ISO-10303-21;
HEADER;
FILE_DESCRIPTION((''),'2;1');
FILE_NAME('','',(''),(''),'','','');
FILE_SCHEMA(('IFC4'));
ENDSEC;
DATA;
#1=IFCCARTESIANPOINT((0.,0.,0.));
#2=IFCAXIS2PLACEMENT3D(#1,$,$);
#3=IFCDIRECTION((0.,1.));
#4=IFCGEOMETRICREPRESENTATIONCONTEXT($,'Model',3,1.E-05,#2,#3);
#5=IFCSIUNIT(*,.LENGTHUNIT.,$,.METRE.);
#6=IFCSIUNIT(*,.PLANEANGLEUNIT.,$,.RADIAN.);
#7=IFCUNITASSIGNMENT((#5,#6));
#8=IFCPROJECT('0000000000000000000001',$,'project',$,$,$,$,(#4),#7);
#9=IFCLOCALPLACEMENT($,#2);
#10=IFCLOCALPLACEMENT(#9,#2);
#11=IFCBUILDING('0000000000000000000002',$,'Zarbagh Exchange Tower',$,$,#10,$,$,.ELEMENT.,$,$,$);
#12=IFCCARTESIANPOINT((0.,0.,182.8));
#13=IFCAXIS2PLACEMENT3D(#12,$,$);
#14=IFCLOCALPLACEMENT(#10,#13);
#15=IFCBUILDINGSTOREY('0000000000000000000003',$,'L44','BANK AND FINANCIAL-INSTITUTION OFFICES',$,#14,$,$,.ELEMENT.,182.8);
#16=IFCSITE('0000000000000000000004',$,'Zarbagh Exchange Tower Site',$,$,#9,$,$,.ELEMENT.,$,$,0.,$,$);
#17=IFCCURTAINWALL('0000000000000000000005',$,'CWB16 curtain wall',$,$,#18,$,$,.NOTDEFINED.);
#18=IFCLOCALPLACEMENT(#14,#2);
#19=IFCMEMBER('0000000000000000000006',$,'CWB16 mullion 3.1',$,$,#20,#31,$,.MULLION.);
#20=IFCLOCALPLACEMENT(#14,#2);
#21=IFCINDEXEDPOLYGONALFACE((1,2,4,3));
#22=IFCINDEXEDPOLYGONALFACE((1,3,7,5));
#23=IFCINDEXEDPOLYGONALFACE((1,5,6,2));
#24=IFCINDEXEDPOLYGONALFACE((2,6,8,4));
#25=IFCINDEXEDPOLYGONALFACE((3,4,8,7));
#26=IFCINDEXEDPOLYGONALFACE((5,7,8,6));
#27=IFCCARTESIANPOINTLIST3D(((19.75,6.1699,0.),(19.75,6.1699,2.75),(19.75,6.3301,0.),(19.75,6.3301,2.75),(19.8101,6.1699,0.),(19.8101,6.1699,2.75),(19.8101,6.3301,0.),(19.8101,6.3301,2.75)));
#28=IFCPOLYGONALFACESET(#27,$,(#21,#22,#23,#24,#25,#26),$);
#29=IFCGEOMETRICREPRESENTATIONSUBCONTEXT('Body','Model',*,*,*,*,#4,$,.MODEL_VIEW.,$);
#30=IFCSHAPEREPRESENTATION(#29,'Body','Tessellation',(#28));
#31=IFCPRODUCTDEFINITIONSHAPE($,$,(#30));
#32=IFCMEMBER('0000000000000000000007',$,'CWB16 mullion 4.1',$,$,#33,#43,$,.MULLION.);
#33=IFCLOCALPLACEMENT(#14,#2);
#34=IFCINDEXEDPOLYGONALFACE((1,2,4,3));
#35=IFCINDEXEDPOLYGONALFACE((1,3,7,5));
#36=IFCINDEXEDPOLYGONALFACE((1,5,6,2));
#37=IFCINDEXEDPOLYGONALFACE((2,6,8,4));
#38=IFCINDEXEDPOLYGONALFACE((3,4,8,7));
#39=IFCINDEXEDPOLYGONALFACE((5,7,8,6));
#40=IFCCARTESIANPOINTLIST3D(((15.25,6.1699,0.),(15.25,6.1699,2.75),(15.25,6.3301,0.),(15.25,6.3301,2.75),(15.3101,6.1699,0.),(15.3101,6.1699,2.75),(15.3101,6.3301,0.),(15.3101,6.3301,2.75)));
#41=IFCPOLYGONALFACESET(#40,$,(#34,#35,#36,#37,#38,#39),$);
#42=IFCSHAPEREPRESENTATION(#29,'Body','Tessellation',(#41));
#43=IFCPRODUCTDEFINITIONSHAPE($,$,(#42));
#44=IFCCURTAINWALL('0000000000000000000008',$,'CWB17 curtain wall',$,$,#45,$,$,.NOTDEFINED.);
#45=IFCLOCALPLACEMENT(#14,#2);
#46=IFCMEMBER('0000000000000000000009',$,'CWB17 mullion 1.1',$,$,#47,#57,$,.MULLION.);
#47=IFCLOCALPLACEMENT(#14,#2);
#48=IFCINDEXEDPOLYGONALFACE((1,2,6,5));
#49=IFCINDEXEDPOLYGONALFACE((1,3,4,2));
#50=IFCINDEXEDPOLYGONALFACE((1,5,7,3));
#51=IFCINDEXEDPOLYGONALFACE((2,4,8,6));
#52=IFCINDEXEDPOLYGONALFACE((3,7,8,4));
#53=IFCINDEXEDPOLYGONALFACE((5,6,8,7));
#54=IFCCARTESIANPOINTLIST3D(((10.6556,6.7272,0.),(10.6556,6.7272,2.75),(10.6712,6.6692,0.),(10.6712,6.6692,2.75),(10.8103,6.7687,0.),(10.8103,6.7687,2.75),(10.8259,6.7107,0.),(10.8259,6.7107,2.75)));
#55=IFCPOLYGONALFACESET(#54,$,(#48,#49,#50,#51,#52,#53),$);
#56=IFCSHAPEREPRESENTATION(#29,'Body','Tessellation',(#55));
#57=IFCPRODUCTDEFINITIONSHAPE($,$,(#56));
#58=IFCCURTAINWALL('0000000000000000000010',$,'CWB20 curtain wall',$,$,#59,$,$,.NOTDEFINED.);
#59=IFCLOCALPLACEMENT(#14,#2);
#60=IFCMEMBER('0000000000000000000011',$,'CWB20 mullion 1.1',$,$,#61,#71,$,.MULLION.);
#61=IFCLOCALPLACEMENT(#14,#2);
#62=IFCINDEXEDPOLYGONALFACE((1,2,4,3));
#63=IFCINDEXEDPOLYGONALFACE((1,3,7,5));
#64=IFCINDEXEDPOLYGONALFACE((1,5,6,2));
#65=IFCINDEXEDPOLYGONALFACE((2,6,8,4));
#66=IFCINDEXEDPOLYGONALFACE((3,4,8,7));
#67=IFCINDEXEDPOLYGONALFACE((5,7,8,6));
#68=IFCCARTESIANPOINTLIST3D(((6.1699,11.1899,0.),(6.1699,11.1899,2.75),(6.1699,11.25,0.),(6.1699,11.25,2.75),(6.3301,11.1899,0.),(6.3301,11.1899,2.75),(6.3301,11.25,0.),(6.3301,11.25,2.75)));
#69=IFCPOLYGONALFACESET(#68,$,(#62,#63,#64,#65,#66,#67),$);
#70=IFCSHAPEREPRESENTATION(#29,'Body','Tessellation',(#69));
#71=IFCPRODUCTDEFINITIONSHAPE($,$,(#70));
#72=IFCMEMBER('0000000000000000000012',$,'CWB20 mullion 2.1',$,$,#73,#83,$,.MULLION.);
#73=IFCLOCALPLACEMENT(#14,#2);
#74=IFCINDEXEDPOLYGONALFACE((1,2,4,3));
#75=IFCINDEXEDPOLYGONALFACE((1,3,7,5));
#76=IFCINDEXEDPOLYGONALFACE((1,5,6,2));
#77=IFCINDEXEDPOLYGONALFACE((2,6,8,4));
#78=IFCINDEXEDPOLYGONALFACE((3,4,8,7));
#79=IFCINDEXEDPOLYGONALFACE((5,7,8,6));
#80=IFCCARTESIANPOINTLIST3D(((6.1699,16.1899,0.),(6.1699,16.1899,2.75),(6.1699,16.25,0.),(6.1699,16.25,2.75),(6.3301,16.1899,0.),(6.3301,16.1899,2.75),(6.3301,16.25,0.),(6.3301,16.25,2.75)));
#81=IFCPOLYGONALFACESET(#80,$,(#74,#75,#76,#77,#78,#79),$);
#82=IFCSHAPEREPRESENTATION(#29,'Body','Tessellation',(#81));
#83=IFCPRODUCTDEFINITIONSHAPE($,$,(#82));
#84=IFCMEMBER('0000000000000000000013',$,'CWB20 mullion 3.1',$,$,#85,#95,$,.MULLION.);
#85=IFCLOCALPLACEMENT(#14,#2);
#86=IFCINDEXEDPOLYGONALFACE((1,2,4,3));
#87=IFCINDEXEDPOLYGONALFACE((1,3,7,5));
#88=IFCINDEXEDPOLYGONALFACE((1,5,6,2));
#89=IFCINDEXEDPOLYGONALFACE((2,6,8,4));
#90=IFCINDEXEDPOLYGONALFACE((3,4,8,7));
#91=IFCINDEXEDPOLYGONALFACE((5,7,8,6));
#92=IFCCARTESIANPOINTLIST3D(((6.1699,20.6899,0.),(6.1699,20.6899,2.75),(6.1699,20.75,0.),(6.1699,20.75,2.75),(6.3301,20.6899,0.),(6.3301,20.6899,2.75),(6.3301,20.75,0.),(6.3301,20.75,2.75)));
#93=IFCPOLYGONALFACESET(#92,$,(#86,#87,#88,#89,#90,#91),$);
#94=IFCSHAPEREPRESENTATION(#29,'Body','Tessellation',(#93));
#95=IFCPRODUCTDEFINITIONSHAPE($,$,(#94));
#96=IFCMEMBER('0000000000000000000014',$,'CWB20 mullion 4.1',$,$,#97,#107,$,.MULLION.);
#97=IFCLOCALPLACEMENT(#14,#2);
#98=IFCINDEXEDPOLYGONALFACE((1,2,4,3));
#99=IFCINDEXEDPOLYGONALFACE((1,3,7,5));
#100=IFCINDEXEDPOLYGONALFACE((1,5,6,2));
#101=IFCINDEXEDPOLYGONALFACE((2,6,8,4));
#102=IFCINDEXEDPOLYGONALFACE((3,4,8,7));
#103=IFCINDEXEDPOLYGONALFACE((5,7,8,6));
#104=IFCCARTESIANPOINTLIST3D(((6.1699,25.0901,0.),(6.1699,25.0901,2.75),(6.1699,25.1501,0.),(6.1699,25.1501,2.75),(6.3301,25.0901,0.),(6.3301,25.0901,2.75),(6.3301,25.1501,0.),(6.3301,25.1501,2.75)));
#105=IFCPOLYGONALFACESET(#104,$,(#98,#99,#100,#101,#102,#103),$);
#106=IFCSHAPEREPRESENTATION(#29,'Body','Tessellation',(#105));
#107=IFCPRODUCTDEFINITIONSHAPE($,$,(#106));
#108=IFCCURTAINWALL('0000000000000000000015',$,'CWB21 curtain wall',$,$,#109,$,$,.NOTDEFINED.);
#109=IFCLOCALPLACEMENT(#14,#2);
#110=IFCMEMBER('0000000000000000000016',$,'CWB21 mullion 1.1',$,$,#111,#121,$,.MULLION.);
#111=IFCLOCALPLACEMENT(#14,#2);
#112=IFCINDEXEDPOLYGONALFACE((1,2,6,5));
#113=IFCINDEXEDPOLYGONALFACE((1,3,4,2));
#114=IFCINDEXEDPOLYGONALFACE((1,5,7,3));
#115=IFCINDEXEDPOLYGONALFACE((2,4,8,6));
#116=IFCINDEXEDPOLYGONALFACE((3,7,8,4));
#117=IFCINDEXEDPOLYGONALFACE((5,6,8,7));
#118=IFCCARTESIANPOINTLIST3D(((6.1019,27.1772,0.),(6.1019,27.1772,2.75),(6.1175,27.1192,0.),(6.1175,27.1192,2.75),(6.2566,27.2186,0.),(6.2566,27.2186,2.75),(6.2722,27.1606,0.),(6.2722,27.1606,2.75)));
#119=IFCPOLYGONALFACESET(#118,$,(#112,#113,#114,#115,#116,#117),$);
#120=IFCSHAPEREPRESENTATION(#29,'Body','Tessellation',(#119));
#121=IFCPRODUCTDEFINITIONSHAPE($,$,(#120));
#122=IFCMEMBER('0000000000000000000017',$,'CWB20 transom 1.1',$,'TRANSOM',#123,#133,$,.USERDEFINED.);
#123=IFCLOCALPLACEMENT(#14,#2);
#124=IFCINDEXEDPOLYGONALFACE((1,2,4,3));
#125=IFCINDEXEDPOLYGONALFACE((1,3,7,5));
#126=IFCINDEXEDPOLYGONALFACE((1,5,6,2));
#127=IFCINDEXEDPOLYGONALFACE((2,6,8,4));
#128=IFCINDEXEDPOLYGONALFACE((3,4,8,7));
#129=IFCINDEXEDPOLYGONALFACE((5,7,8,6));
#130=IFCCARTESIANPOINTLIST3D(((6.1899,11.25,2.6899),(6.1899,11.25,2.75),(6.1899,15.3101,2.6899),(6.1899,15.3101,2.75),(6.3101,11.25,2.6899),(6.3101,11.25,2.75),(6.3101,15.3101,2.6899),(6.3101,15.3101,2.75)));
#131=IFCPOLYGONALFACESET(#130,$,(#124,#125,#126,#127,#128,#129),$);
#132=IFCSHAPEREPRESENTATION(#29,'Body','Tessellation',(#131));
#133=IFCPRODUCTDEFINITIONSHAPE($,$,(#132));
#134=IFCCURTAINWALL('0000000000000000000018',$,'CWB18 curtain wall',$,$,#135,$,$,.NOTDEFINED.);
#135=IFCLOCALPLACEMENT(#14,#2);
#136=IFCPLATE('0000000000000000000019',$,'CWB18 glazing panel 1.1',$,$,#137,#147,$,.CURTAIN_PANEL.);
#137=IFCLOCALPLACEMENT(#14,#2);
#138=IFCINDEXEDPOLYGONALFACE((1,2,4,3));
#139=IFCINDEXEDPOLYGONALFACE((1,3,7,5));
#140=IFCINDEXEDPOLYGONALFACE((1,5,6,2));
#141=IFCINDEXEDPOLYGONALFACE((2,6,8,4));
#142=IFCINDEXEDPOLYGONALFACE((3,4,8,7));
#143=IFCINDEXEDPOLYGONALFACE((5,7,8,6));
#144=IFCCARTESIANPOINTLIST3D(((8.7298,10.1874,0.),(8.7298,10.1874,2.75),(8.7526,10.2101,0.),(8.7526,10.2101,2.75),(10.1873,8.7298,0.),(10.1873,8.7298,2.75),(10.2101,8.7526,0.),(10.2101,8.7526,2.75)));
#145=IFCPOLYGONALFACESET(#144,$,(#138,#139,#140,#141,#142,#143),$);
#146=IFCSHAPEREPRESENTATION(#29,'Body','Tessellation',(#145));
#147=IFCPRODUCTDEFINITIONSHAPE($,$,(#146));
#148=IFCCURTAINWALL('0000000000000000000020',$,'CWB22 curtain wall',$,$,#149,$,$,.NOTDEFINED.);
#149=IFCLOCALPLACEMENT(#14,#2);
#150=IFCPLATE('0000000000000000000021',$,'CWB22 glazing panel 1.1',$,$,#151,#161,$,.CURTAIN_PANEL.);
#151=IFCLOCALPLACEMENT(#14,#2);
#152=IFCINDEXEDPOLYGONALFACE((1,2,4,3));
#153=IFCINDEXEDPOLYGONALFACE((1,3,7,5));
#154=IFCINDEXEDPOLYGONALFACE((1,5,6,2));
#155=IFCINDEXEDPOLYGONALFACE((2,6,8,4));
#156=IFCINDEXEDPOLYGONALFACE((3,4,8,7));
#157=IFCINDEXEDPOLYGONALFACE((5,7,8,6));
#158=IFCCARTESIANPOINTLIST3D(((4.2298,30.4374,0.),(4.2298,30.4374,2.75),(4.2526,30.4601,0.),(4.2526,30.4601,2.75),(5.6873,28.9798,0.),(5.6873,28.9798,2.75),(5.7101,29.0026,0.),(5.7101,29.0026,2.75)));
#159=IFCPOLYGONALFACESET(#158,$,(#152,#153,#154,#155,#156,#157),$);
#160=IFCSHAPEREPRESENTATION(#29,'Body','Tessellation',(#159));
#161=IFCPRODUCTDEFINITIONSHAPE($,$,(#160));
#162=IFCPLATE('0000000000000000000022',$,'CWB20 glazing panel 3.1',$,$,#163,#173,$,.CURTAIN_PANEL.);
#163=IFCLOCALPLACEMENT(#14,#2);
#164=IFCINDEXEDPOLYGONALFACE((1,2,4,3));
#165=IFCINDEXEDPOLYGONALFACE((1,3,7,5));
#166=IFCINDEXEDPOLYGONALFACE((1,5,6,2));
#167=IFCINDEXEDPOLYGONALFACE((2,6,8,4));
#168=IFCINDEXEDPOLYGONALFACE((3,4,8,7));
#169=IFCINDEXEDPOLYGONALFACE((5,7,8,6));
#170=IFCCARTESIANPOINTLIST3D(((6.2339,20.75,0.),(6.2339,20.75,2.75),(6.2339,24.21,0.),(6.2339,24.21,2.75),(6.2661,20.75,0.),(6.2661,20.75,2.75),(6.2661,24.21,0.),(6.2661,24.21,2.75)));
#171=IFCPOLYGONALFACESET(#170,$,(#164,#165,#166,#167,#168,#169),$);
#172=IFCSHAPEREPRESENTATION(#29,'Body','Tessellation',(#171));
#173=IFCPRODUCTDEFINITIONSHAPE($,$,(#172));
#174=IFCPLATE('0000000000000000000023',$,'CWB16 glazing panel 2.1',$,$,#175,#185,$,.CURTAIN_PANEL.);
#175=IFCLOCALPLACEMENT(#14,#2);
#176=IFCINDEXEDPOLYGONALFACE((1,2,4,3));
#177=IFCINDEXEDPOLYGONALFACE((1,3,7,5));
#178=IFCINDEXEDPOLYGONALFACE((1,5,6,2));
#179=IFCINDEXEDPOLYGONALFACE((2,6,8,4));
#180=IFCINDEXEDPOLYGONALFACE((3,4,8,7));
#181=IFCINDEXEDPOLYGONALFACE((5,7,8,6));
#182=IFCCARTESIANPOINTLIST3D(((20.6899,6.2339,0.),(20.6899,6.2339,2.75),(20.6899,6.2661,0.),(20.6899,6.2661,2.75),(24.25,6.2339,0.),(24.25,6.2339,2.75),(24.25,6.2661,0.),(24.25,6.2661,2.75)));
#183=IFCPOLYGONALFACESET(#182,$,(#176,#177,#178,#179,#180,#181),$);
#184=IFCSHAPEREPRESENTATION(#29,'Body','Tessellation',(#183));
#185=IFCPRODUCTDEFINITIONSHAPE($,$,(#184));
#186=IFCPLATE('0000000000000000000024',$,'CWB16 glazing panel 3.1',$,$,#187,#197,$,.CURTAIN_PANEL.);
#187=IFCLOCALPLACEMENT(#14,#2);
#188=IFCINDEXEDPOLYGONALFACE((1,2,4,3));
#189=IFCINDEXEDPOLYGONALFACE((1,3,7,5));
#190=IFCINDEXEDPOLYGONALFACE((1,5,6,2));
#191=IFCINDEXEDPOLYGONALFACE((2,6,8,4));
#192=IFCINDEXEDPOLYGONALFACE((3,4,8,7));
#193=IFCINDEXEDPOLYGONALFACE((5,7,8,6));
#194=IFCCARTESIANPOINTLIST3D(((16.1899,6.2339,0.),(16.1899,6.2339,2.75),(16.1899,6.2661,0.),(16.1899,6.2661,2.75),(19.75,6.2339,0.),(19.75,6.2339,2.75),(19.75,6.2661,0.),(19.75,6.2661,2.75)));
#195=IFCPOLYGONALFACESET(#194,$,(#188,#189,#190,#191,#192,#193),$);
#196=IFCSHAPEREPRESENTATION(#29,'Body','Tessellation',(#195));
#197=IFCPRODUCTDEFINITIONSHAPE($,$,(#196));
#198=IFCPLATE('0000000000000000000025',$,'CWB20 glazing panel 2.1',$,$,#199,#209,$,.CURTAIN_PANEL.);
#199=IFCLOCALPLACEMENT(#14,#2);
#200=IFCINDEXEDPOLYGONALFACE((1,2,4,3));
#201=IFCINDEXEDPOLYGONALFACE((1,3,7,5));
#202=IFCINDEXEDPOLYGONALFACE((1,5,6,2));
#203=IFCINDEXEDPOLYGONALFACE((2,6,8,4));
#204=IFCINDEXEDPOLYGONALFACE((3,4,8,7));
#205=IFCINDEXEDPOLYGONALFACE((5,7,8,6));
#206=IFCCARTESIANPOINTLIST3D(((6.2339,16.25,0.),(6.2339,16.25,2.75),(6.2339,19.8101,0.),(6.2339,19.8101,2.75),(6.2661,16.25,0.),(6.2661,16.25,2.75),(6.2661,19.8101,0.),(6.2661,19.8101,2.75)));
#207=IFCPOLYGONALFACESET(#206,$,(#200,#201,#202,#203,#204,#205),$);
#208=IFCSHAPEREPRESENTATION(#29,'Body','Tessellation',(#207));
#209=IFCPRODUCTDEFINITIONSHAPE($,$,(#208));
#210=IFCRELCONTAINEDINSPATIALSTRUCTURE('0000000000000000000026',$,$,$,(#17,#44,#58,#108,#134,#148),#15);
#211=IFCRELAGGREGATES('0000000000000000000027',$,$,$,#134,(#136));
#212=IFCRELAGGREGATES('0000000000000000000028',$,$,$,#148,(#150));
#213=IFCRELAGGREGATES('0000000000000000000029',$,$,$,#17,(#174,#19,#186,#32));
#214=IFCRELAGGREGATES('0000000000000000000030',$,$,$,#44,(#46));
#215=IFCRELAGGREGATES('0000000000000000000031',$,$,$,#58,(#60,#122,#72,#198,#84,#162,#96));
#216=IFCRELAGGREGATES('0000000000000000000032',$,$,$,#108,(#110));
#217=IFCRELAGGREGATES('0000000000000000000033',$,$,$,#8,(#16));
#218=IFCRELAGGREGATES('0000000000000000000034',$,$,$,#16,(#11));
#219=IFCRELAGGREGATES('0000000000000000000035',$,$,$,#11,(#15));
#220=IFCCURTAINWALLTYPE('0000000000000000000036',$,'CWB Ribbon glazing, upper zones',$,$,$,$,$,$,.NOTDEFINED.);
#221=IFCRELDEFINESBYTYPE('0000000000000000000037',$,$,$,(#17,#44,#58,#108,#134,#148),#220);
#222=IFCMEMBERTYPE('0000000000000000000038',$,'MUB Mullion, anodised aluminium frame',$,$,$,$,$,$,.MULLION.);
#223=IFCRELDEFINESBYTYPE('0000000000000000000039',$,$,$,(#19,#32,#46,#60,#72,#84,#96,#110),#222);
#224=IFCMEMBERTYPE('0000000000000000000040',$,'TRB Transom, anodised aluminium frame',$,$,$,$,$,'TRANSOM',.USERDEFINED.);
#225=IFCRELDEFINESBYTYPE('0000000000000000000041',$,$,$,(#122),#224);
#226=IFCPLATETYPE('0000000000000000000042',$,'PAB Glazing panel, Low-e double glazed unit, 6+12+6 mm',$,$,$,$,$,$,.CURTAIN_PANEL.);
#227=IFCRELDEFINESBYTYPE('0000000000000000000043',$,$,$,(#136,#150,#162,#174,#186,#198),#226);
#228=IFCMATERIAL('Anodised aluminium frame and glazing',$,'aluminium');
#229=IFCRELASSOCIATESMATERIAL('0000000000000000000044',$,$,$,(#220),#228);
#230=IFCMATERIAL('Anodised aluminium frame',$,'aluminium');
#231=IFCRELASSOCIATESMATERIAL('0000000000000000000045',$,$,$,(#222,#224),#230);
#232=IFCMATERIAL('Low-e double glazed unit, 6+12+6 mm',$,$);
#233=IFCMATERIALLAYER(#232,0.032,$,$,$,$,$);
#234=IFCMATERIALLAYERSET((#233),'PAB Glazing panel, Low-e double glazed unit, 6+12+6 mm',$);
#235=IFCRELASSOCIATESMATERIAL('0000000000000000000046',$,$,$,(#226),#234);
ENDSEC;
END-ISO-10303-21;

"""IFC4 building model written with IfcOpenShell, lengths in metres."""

from ifc_helpers import new_model, si_unit, direction, frame, origin, place, context, subcontext, project, spatial, polyline, outline, extrude, source, transform, mapped, material, layer, layer_set, type_object, element, aggregate, save


model = new_model("IFC4")

# Units and contexts
model_context = context("Model", 3, precision=1e-05, world=origin(), true_north=direction((0.0, 1.0)))
body_context = subcontext(model_context, "Body", "Model", "MODEL_VIEW")
ifc_project = project(units=[si_unit("LENGTHUNIT", "METRE"), si_unit("PLANEANGLEUNIT", "RADIAN")], contexts=[model_context])

# Site, building, storey
site_placement = place(None, origin())
site = spatial("IfcSite", under=ifc_project, at=site_placement, Name="Zarbagh Exchange Tower Site", CompositionType="ELEMENT", RefElevation=0.0)
building_placement = place(site_placement, origin())
building = spatial("IfcBuilding", under=site, at=building_placement, Name="Zarbagh Exchange Tower", CompositionType="ELEMENT")
storey_placement = place(building_placement, frame((0.0, 0.0, 182.8)))
storey = spatial("IfcBuildingStorey", under=building, at=storey_placement, Name="L44", Description="BANK AND FINANCIAL-INSTITUTION OFFICES", CompositionType="ELEMENT", Elevation=182.8)

# Curtain wall, members
ifc_material_1 = material(Name="Anodised aluminium frame and glazing", Category="aluminium")
curtain_wall_type = type_object("IfcCurtainWallType", Name="CWB Ribbon glazing, upper zones", PredefinedType="NOTDEFINED", material=ifc_material_1)
curtain_wall_1_placement = place(storey_placement, origin())
curtain_wall_1 = element("IfcCurtainWall", 1, at=curtain_wall_1_placement, inside=storey, type_object=curtain_wall_type, Name="CWB16 curtain wall", PredefinedType="NOTDEFINED")
ifc_material_2 = material(Name="Anodised aluminium frame", Category="aluminium")
member_type_1 = type_object("IfcMemberType", Name="MUB Mullion, anodised aluminium frame", PredefinedType="MULLION", material=ifc_material_2)
shared_shape_1 = source(origin(), body_context, "Body", "SweptSolid", [
    extrude(outline(polyline([(0.0, -0.0801), (0.0601, -0.0801), (0.0601, 0.0801), (0.0, 0.0801), (0.0, -0.0801)])), origin(), (0.0, 0.0, 1.0), 2.75),
])
placement = place(storey_placement, origin())
member_1 = element("IfcMember", 2, at=placement, type_object=member_type_1, Name="CWB16 mullion 3.1", PredefinedType="MULLION", context=body_context, shape_type="MappedRepresentation", body=[
    mapped(shared_shape_1, transform((19.8101, 6.25, 0.0), x_axis=(-1.0, 0.0, 0.0), y_axis=(0.0, -1.0, 0.0), z_axis=(0.0, 0.0, 1.0))),
])
member_2 = element("IfcMember", 3, at=placement, type_object=member_type_1, Name="CWB16 mullion 4.1", PredefinedType="MULLION", context=body_context, shape_type="MappedRepresentation", body=[
    mapped(shared_shape_1, transform((15.3101, 6.25, 0.0), x_axis=(-1.0, 0.0, 0.0), y_axis=(0.0, -1.0, 0.0), z_axis=(0.0, 0.0, 1.0))),
])

# Curtain wall, member
curtain_wall_2_placement = place(storey_placement, origin())
curtain_wall_2 = element("IfcCurtainWall", 4, at=curtain_wall_2_placement, inside=storey, type_object=curtain_wall_type, Name="CWB17 curtain wall", PredefinedType="NOTDEFINED")
member_3 = element("IfcMember", 5, at=placement, type_object=member_type_1, Name="CWB17 mullion 1.1", PredefinedType="MULLION", context=body_context, shape_type="MappedRepresentation", body=[
    mapped(shared_shape_1, transform((10.7485, 6.6899, 0.0), x_axis=(-0.258825, 0.965924, 0.0), y_axis=(-0.965924, -0.258825, 0.0), z_axis=(0.0, 0.0, 1.0))),
])

# Curtain wall, members
curtain_wall_3_placement = place(storey_placement, origin())
curtain_wall_3 = element("IfcCurtainWall", 6, at=curtain_wall_3_placement, inside=storey, type_object=curtain_wall_type, Name="CWB20 curtain wall", PredefinedType="NOTDEFINED")
member_4 = element("IfcMember", 7, at=placement, type_object=member_type_1, Name="CWB20 mullion 1.1", PredefinedType="MULLION", context=body_context, shape_type="MappedRepresentation", body=[
    mapped(shared_shape_1, transform((6.25, 11.1899, 0.0), x_axis=(0.0, 1.0, 0.0), y_axis=(-1.0, 0.0, 0.0), z_axis=(0.0, 0.0, 1.0))),
])
member_5 = element("IfcMember", 8, at=placement, type_object=member_type_1, Name="CWB20 mullion 2.1", PredefinedType="MULLION", context=body_context, shape_type="MappedRepresentation", body=[
    mapped(shared_shape_1, transform((6.25, 16.1899, 0.0), x_axis=(0.0, 1.0, 0.0), y_axis=(-1.0, 0.0, 0.0), z_axis=(0.0, 0.0, 1.0))),
])
member_6 = element("IfcMember", 9, at=placement, type_object=member_type_1, Name="CWB20 mullion 3.1", PredefinedType="MULLION", context=body_context, shape_type="MappedRepresentation", body=[
    mapped(shared_shape_1, transform((6.25, 20.6899, 0.0), x_axis=(0.0, 1.0, 0.0), y_axis=(-1.0, 0.0, 0.0), z_axis=(0.0, 0.0, 1.0))),
])
member_7 = element("IfcMember", 10, at=placement, type_object=member_type_1, Name="CWB20 mullion 4.1", PredefinedType="MULLION", context=body_context, shape_type="MappedRepresentation", body=[
    mapped(shared_shape_1, transform((6.25, 25.0901, 0.0), x_axis=(0.0, 1.0, 0.0), y_axis=(-1.0, 0.0, 0.0), z_axis=(0.0, 0.0, 1.0))),
])

# Curtain wall, member
curtain_wall_4_placement = place(storey_placement, origin())
curtain_wall_4 = element("IfcCurtainWall", 11, at=curtain_wall_4_placement, inside=storey, type_object=curtain_wall_type, Name="CWB21 curtain wall", PredefinedType="NOTDEFINED")
member_8 = element("IfcMember", 12, at=placement, type_object=member_type_1, Name="CWB21 mullion 1.1", PredefinedType="MULLION", context=body_context, shape_type="MappedRepresentation", body=[
    mapped(shared_shape_1, transform((6.1948, 27.1399, 0.0), x_axis=(-0.258825, 0.965924, 0.0), y_axis=(-0.965924, -0.258825, 0.0), z_axis=(0.0, 0.0, 1.0))),
])

# Member
member_type_2 = type_object("IfcMemberType", Name="TRB Transom, anodised aluminium frame", ElementType="TRANSOM", PredefinedType="USERDEFINED", material=ifc_material_2)
shared_shape_2 = source(origin(), body_context, "Body", "SweptSolid", [
    extrude(outline(polyline([(-0.0601, -0.0601), (0.0, -0.0601), (0.0, 0.0601), (-0.0601, 0.0601), (-0.0601, -0.0601)])), origin(), (0.0, 0.0, 1.0), 4.0601),
])
member_9 = element("IfcMember", 13, at=placement, type_object=member_type_2, Name="CWB20 transom 1.1", ObjectType="TRANSOM", PredefinedType="USERDEFINED", context=body_context, shape_type="MappedRepresentation", body=[
    mapped(shared_shape_2, transform((6.25, 11.25, 2.75), x_axis=(0.0, 0.0, 1.0), y_axis=(1.0, 0.0, 0.0), z_axis=(0.0, 1.0, 0.0))),
])

# Curtain walls, plates
curtain_wall_5_placement = place(storey_placement, origin())
curtain_wall_5 = element("IfcCurtainWall", 14, at=curtain_wall_5_placement, inside=storey, type_object=curtain_wall_type, Name="CWB18 curtain wall", PredefinedType="NOTDEFINED")
ifc_material_3 = material(Name="Low-e double glazed unit, 6+12+6 mm")
ifc_layer = layer(ifc_material_3, 0.032)
ifc_layer_set = layer_set([ifc_layer], Name="PAB Glazing panel, Low-e double glazed unit, 6+12+6 mm")
plate_type = type_object("IfcPlateType", Name="PAB Glazing panel, Low-e double glazed unit, 6+12+6 mm", PredefinedType="CURTAIN_PANEL", material=ifc_layer_set)
shared_shape_3 = source(origin(), body_context, "Body", "SweptSolid", [
    extrude(outline(polyline([(0.0, -0.0161), (2.0613, -0.0161), (2.0613, 0.0161), (0.0, 0.0161), (0.0, -0.0161)])), origin(), (0.0, 0.0, 1.0), 2.75),
])
plate_1 = element("IfcPlate", 15, at=placement, type_object=plate_type, Name="CWB18 glazing panel 1.1", PredefinedType="CURTAIN_PANEL", context=body_context, shape_type="MappedRepresentation", body=[
    mapped(shared_shape_3, transform((10.1987, 8.7412, 0.0), x_axis=(-0.707107, 0.707107, 0.0), y_axis=(-0.707107, -0.707107, 0.0), z_axis=(0.0, 0.0, 1.0))),
])
aggregate(curtain_wall_5, [plate_1])
curtain_wall_6_placement = place(storey_placement, origin())
curtain_wall_6 = element("IfcCurtainWall", 16, at=curtain_wall_6_placement, inside=storey, type_object=curtain_wall_type, Name="CWB22 curtain wall", PredefinedType="NOTDEFINED")
plate_2 = element("IfcPlate", 17, at=placement, type_object=plate_type, Name="CWB22 glazing panel 1.1", PredefinedType="CURTAIN_PANEL", context=body_context, shape_type="MappedRepresentation", body=[
    mapped(shared_shape_3, transform((5.6987, 28.9912, 0.0), x_axis=(-0.707107, 0.707107, 0.0), y_axis=(-0.707107, -0.707107, 0.0), z_axis=(0.0, 0.0, 1.0))),
])
aggregate(curtain_wall_6, [plate_2])

# Plates
shared_shape_4 = source(origin(), body_context, "Body", "SweptSolid", [
    extrude(outline(polyline([(0.0, -0.0161), (3.46, -0.0161), (3.46, 0.0161), (0.0, 0.0161), (0.0, -0.0161)])), origin(), (0.0, 0.0, 1.0), 2.75),
])
plate_3 = element("IfcPlate", 18, at=placement, type_object=plate_type, Name="CWB20 glazing panel 3.1", PredefinedType="CURTAIN_PANEL", context=body_context, shape_type="MappedRepresentation", body=[
    mapped(shared_shape_4, transform((6.25, 20.75, 0.0), x_axis=(0.0, 1.0, 0.0), y_axis=(-1.0, 0.0, 0.0), z_axis=(0.0, 0.0, 1.0))),
])
shared_shape_5 = source(origin(), body_context, "Body", "SweptSolid", [
    extrude(outline(polyline([(0.0, -0.0161), (3.5601, -0.0161), (3.5601, 0.0161), (0.0, 0.0161), (0.0, -0.0161)])), origin(), (0.0, 0.0, 1.0), 2.75),
])
plate_4 = element("IfcPlate", 19, at=placement, type_object=plate_type, Name="CWB16 glazing panel 2.1", PredefinedType="CURTAIN_PANEL", context=body_context, shape_type="MappedRepresentation", body=[
    mapped(shared_shape_5, transform((24.25, 6.25, 0.0), x_axis=(-1.0, 0.0, 0.0), y_axis=(0.0, -1.0, 0.0), z_axis=(0.0, 0.0, 1.0))),
])
plate_5 = element("IfcPlate", 20, at=placement, type_object=plate_type, Name="CWB16 glazing panel 3.1", PredefinedType="CURTAIN_PANEL", context=body_context, shape_type="MappedRepresentation", body=[
    mapped(shared_shape_5, transform((19.75, 6.25, 0.0), x_axis=(-1.0, 0.0, 0.0), y_axis=(0.0, -1.0, 0.0), z_axis=(0.0, 0.0, 1.0))),
])
plate_6 = element("IfcPlate", 21, at=placement, type_object=plate_type, Name="CWB20 glazing panel 2.1", PredefinedType="CURTAIN_PANEL", context=body_context, shape_type="MappedRepresentation", body=[
    mapped(shared_shape_5, transform((6.25, 16.25, 0.0), x_axis=(0.0, 1.0, 0.0), y_axis=(-1.0, 0.0, 0.0), z_axis=(0.0, 0.0, 1.0))),
])
aggregate(curtain_wall_1, [plate_4, member_1, plate_5, member_2])
aggregate(curtain_wall_2, [member_3])

aggregate(curtain_wall_3, [member_4, member_9, member_5, plate_6, member_6, plate_3, member_7])
aggregate(curtain_wall_4, [member_8])

save(model, "model.ifc")
